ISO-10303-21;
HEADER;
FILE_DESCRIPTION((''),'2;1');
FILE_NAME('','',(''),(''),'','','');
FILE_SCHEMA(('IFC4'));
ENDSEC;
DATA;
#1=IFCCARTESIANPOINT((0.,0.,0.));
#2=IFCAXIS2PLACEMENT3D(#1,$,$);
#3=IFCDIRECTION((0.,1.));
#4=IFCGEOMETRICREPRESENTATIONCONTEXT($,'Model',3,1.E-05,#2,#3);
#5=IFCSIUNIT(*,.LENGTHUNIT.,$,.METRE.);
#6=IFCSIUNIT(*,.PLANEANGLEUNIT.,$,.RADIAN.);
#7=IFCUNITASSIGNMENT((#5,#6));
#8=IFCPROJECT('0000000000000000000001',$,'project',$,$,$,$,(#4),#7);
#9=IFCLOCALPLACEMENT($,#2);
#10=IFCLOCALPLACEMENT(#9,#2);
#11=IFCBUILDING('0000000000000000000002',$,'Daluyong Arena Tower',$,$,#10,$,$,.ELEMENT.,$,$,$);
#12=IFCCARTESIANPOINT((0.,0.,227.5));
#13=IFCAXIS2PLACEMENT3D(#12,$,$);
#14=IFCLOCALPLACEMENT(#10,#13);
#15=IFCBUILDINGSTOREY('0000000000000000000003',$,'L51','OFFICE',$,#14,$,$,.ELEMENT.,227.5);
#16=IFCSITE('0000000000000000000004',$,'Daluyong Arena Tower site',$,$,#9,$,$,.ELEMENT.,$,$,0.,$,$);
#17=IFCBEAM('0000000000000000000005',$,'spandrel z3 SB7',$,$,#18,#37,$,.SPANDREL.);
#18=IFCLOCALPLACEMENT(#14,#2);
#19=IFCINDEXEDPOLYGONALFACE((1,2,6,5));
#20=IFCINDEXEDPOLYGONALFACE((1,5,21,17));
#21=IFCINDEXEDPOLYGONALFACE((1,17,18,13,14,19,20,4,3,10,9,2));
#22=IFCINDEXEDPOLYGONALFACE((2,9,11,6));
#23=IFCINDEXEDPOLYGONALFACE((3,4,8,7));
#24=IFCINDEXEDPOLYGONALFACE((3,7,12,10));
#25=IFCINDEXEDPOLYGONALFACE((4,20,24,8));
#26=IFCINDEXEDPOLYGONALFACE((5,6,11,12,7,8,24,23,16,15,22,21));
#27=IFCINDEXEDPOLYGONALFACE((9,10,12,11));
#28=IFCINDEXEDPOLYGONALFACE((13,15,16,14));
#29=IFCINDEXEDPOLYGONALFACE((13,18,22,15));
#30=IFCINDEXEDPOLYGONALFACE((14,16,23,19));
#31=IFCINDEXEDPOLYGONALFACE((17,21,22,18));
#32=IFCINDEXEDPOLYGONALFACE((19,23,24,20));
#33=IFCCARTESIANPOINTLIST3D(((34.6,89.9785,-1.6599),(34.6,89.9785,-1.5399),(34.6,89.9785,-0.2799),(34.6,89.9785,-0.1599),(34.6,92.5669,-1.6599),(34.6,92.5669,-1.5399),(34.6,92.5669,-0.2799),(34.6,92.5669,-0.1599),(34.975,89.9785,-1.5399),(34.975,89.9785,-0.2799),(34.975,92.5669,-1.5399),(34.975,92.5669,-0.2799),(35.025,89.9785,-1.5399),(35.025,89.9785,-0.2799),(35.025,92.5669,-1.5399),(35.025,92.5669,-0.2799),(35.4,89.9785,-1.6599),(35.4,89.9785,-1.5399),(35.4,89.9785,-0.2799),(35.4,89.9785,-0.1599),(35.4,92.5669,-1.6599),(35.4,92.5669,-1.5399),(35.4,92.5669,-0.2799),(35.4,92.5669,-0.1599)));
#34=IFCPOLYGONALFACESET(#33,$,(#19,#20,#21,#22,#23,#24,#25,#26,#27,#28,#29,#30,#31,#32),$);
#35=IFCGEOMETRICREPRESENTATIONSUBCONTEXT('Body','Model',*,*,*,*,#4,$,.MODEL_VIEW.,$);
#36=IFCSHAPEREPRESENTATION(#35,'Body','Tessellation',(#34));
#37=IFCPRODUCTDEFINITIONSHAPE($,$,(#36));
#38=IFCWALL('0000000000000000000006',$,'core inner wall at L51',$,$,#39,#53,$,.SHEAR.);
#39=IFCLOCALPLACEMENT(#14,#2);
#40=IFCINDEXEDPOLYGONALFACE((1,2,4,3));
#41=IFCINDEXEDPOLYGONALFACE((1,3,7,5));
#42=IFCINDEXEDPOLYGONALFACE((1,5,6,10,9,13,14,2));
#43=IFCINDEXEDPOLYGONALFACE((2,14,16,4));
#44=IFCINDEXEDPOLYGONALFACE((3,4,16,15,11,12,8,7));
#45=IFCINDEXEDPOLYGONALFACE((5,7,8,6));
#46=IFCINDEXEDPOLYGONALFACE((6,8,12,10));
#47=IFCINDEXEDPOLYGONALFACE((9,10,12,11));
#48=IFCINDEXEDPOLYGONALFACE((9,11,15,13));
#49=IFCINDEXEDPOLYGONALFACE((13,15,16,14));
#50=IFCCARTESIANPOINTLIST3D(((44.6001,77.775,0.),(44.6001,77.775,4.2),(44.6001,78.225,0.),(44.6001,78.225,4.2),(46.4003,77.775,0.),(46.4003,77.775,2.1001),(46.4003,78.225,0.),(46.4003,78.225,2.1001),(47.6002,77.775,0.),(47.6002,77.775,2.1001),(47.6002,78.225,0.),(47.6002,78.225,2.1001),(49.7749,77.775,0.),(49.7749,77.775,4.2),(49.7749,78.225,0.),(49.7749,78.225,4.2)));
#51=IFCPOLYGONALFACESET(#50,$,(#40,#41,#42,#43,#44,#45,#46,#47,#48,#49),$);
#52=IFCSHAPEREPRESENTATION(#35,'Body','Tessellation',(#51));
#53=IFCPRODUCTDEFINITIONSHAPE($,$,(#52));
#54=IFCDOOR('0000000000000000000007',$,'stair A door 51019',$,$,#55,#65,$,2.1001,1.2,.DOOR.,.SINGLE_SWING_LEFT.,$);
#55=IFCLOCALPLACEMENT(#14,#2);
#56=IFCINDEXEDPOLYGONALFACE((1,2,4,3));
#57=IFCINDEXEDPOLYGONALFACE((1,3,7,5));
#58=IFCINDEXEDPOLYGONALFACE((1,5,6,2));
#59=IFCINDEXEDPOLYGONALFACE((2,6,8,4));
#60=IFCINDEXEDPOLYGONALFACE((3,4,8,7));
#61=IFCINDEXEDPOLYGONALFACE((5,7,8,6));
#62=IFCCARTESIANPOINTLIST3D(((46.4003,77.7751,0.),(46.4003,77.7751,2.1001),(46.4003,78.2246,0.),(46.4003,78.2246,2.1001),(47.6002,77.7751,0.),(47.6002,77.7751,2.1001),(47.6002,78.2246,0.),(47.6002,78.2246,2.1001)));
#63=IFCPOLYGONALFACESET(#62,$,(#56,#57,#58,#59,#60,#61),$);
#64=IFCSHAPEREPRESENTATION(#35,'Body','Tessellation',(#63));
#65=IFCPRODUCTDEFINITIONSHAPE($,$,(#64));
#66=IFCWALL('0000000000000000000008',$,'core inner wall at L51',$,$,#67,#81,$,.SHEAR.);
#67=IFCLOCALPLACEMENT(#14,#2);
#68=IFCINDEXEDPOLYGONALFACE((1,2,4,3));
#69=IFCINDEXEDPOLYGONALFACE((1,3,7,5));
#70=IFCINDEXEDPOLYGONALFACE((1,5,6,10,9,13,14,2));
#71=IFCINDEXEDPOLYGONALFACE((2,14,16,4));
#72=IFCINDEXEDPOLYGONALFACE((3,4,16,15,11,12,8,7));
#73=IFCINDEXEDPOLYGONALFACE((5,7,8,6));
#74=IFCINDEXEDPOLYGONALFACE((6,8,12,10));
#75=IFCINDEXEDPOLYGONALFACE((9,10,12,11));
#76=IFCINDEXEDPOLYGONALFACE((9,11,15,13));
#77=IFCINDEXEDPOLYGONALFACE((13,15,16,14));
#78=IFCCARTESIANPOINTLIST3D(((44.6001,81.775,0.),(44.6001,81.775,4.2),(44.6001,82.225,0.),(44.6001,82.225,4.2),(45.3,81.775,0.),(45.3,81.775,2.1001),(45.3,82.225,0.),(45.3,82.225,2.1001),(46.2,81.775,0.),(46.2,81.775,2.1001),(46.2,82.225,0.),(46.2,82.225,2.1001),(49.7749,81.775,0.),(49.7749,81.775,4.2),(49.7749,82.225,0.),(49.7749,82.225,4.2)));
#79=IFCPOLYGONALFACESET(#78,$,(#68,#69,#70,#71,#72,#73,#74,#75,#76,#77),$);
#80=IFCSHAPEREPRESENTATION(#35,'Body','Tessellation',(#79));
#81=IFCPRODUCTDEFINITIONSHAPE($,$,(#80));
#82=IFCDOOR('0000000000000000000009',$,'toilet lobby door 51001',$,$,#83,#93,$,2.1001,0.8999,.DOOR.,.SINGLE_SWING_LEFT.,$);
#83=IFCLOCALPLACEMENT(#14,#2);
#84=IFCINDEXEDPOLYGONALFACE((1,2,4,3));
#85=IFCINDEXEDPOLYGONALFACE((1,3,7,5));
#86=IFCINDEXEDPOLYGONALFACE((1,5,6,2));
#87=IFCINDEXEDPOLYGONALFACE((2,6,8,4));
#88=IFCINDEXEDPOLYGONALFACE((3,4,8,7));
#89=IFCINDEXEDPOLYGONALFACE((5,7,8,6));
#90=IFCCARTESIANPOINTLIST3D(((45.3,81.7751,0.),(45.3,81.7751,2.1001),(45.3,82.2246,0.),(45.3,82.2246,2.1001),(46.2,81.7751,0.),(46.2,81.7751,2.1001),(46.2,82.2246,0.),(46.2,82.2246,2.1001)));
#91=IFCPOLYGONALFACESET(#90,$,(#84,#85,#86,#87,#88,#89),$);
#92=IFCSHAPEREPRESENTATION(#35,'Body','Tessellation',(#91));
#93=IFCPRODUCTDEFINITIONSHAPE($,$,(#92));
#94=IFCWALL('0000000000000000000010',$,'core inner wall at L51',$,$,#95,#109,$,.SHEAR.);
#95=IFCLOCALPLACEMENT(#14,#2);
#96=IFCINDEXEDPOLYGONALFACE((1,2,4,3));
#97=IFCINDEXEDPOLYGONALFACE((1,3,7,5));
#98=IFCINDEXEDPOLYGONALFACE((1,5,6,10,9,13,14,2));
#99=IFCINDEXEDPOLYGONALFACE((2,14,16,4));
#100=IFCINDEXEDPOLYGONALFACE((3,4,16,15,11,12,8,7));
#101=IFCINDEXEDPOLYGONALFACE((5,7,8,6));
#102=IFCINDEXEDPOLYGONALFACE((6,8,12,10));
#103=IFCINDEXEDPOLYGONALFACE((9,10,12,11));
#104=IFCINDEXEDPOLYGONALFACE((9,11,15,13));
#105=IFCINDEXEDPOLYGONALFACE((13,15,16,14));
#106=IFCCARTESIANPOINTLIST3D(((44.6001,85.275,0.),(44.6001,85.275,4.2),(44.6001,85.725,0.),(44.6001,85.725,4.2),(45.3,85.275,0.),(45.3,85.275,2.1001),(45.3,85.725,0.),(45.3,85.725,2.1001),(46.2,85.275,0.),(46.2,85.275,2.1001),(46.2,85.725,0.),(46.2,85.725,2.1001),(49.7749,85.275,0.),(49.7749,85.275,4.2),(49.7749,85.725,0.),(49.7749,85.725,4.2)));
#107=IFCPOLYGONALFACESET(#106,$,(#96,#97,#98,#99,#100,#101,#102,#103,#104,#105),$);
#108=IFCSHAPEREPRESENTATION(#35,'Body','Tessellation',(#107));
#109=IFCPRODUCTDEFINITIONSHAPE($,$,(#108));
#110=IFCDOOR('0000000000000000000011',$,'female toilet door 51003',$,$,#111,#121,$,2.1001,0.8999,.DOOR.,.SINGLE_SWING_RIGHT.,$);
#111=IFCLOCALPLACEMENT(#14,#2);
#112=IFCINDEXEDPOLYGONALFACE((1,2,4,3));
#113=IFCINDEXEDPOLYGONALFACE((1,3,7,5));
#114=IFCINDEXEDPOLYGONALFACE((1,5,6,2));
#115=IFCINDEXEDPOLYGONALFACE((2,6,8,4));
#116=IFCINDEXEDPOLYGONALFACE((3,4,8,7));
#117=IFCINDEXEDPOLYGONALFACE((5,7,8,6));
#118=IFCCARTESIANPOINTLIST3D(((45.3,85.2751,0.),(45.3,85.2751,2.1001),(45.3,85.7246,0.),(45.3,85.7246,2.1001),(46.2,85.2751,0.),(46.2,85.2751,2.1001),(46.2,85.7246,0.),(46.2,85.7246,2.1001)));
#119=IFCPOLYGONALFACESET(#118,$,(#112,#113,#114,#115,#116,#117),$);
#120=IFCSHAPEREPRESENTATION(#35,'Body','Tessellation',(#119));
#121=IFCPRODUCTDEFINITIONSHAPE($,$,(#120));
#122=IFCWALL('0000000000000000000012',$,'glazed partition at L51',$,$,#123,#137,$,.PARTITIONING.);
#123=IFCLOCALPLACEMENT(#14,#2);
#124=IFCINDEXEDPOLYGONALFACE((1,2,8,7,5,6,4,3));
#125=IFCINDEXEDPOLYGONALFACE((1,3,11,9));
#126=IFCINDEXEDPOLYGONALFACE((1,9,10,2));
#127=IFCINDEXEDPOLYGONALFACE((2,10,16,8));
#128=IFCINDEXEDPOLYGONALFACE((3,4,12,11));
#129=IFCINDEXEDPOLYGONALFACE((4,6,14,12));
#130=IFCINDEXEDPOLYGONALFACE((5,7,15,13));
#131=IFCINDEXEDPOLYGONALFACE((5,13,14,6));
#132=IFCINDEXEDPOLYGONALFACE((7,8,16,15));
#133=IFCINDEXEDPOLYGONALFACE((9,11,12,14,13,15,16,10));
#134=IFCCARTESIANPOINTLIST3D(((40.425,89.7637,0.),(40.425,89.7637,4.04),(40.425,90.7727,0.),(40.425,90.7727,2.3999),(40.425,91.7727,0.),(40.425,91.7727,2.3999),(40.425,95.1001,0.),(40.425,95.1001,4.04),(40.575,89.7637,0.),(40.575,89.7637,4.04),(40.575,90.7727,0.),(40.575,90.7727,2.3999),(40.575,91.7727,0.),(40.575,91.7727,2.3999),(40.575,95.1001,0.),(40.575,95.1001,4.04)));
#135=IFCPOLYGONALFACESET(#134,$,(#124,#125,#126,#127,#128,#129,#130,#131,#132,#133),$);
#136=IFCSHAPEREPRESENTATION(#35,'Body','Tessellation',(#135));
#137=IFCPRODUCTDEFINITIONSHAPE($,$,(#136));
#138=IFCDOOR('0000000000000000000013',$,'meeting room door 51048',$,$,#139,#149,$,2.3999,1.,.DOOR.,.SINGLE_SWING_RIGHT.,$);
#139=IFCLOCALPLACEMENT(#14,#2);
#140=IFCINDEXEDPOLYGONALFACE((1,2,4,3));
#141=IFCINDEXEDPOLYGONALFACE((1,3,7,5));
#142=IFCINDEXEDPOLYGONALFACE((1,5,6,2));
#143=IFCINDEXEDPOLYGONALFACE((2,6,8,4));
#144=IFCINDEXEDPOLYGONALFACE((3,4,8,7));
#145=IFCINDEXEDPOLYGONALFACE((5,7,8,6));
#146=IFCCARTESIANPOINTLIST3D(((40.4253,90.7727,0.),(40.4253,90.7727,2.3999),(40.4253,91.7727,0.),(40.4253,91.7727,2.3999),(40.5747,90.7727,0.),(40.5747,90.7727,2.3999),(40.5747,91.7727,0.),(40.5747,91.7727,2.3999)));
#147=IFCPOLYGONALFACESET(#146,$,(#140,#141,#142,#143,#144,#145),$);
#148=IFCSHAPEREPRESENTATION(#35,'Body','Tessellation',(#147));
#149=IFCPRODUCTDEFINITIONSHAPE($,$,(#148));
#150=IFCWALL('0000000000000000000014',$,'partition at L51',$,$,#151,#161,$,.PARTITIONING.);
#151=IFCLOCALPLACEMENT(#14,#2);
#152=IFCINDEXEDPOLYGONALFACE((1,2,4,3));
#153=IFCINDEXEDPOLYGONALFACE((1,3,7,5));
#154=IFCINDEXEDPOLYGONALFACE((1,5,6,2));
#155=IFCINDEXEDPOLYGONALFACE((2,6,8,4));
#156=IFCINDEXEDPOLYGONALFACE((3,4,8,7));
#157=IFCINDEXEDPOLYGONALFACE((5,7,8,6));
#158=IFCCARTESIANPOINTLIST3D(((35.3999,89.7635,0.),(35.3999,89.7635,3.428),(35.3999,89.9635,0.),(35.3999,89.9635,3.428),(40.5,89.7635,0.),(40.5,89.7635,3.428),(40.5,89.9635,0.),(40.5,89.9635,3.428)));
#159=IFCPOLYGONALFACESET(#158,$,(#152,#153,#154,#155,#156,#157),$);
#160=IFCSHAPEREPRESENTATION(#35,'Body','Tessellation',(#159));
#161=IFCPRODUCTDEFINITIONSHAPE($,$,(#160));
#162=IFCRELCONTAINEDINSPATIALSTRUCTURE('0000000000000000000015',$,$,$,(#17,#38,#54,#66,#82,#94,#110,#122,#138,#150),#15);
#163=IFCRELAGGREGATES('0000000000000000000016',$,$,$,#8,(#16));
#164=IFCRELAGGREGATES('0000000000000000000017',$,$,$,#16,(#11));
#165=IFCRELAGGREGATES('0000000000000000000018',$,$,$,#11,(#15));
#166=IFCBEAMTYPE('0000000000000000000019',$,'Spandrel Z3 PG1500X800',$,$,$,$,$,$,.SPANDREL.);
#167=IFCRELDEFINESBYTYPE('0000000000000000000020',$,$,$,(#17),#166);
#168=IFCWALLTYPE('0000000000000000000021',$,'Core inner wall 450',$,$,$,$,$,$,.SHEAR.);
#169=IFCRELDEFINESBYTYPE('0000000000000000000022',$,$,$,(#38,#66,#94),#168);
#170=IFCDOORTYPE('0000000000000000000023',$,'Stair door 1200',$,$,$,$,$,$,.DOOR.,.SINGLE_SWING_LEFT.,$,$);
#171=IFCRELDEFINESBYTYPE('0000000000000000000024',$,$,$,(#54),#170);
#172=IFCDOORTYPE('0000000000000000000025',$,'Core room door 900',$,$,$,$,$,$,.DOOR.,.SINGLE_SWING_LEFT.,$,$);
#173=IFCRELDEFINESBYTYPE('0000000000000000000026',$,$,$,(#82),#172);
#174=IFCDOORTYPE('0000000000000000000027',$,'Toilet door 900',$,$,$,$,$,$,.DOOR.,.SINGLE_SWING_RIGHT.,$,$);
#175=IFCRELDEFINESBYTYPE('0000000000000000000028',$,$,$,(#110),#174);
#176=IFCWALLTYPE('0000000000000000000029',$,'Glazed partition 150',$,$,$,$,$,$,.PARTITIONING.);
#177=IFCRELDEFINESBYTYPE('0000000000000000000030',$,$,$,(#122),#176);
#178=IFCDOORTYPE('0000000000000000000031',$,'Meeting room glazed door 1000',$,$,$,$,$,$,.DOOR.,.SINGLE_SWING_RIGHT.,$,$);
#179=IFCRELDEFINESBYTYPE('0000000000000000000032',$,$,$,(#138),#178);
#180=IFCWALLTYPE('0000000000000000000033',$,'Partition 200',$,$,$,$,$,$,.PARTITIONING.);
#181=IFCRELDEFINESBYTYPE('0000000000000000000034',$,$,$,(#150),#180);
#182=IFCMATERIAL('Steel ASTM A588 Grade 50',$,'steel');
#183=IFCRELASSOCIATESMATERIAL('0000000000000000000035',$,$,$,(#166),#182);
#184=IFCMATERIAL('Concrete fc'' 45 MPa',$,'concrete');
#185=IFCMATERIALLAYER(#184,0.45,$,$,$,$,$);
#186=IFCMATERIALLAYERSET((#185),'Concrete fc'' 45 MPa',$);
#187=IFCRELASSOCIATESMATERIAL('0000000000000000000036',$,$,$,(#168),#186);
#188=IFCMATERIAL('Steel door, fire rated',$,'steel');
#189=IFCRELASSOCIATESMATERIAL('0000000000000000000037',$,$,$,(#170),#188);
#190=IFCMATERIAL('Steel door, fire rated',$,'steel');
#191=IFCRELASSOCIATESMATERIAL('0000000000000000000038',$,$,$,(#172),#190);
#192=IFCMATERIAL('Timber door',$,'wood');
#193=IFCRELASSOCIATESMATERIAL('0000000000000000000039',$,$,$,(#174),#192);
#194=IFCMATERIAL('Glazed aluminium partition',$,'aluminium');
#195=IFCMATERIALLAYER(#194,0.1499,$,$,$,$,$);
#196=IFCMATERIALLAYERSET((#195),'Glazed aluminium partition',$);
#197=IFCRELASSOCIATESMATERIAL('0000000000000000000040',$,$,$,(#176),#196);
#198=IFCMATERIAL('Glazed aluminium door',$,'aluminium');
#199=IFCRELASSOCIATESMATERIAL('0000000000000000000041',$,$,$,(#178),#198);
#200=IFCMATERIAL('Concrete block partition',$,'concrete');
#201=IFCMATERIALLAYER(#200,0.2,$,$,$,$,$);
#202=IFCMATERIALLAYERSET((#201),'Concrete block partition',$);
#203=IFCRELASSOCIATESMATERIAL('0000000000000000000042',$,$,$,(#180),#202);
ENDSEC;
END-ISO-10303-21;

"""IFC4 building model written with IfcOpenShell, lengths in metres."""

from ifc_helpers import new_model, si_unit, direction, frame, frame_2d, origin, origin_2d, place, context, subcontext, project, spatial, rectangle, i_section, extrude, material, layer, layer_set, material_profile, profile_set, type_object, element, fill, save


model = new_model("IFC4")

# Units and contexts
model_context = context("Model", 3, precision=1e-05, world=origin(), true_north=direction((0.0, 1.0)))
body_context = subcontext(model_context, "Body", "Model", "MODEL_VIEW")
ifc_project = project(units=[si_unit("LENGTHUNIT", "METRE"), si_unit("PLANEANGLEUNIT", "RADIAN")], contexts=[model_context])

# Site, building, storey
site_placement = place(None, origin())
site = spatial("IfcSite", under=ifc_project, at=site_placement, Name="Daluyong Arena Tower site", CompositionType="ELEMENT", RefElevation=0.0)
building_placement = place(site_placement, origin())
building = spatial("IfcBuilding", under=site, at=building_placement, Name="Daluyong Arena Tower", CompositionType="ELEMENT")
storey_placement = place(building_placement, frame((0.0, 0.0, 227.5)))
storey = spatial("IfcBuildingStorey", under=building, at=storey_placement, Name="L51", Description="OFFICE", CompositionType="ELEMENT", Elevation=227.5)

# Beam
ifc_material_1 = material(Name="Steel ASTM A588 Grade 50", Category="steel")
ifc_material_profile_1 = material_profile(ifc_material_1, i_section(OverallWidth=0.8, OverallDepth=1.5, WebThickness=0.05, FlangeThickness=0.12, at=origin_2d()))
ifc_profile_set_1 = profile_set([ifc_material_profile_1], Name="Steel ASTM A588 Grade 50")
beam_type_1 = type_object("IfcBeamType", Name="Spandrel Z3 PG1500X800", PredefinedType="SPANDREL", material=ifc_profile_set_1)
beam_1_placement = place(storey_placement, frame((35.0, 92.5669, -0.9099), z_axis=(0.0, -1.0, 0.0), x_axis=(1.0, 0.0, 0.0)))
element("IfcBeam", 1, at=beam_1_placement, inside=storey, type_object=beam_type_1, Name="spandrel z3 SB7", PredefinedType="SPANDREL", context=body_context, shape_type="SweptSolid", body=[
    extrude(i_section(OverallWidth=0.8, OverallDepth=1.5, WebThickness=0.05, FlangeThickness=0.12, at=origin_2d()), origin(), (0.0, 0.0, 1.0), 2.5884),
])

# Walls, openings, doors
ifc_material_2 = material(Name="Concrete fc' 45 MPa", Category="concrete")
ifc_layer_1 = layer(ifc_material_2, 0.45)
ifc_layer_set_1 = layer_set([ifc_layer_1], Name="Concrete fc' 45 MPa")
wall_type_1 = type_object("IfcWallType", Name="Core inner wall 450", PredefinedType="SHEAR", material=ifc_layer_set_1)
wall_1_placement = place(storey_placement, frame((44.6001, 78.0, 0.0), z_axis=(0.0, 0.0, 1.0), x_axis=(1.0, 0.0, 0.0)))
wall_1 = element("IfcWall", 2, at=wall_1_placement, inside=storey, type_object=wall_type_1, Name="core inner wall at L51", PredefinedType="SHEAR", context=body_context, shape_type="SweptSolid", body=[
    extrude(rectangle(XDim=5.1748, YDim=0.45, at=frame_2d((2.5874, 0.0))), origin(), (0.0, 0.0, 1.0), 4.2),
])
opening_1_placement = place(wall_1_placement, frame((1.8, 0.0, 0.0)))
opening_1 = element("IfcOpeningElement", 3, at=opening_1_placement, cuts=wall_1, PredefinedType="OPENING", context=body_context, shape_type="SweptSolid", body=[
    extrude(rectangle(XDim=1.2, YDim=2.1001, at=frame_2d((0.6001, 1.05))), frame((0.0, 0.2349, 0.0), z_axis=(0.0, -1.0, 0.0), x_axis=(1.0, 0.0, 0.0)), (0.0, 0.0, 1.0), 0.47),
])
ifc_material_3 = material(Name="Steel door, fire rated", Category="steel")
door_type_1 = type_object("IfcDoorType", Name="Stair door 1200", OperationType="SINGLE_SWING_LEFT", PredefinedType="DOOR", material=ifc_material_3)
door_1_placement = place(opening_1_placement, origin())
door_1 = element("IfcDoor", 4, at=door_1_placement, inside=storey, type_object=door_type_1, Name="stair A door 51019", OperationType="SINGLE_SWING_LEFT", OverallHeight=2.1001, OverallWidth=1.2, PredefinedType="DOOR", context=body_context, shape_type="SweptSolid", body=[
    extrude(rectangle(XDim=1.2, YDim=2.1001, at=frame_2d((0.6001, 1.05))), frame((0.0, 0.2246, 0.0), z_axis=(0.0, -1.0, 0.0), x_axis=(1.0, 0.0, 0.0)), (0.0, 0.0, 1.0), 0.4495),
])
fill(opening_1, door_1)
wall_2_placement = place(storey_placement, frame((44.6001, 82.0, 0.0), z_axis=(0.0, 0.0, 1.0), x_axis=(1.0, 0.0, 0.0)))
wall_2 = element("IfcWall", 5, at=wall_2_placement, inside=storey, type_object=wall_type_1, Name="core inner wall at L51", PredefinedType="SHEAR", context=body_context, shape_type="SweptSolid", body=[
    extrude(rectangle(XDim=5.1748, YDim=0.45, at=frame_2d((2.5874, 0.0))), origin(), (0.0, 0.0, 1.0), 4.2),
])
opening_2_placement = place(wall_2_placement, frame((0.7, 0.0, 0.0)))
opening_2 = element("IfcOpeningElement", 6, at=opening_2_placement, cuts=wall_2, PredefinedType="OPENING", context=body_context, shape_type="SweptSolid", body=[
    extrude(rectangle(XDim=0.8999, YDim=2.1001, at=frame_2d((0.45, 1.05))), frame((0.0, 0.2349, 0.0), z_axis=(0.0, -1.0, 0.0), x_axis=(1.0, 0.0, 0.0)), (0.0, 0.0, 1.0), 0.47),
])
ifc_material_4 = material(Name="Steel door, fire rated", Category="steel")
door_type_2 = type_object("IfcDoorType", Name="Core room door 900", OperationType="SINGLE_SWING_LEFT", PredefinedType="DOOR", material=ifc_material_4)
door_2_placement = place(opening_2_placement, origin())
door_2 = element("IfcDoor", 7, at=door_2_placement, inside=storey, type_object=door_type_2, Name="toilet lobby door 51001", OperationType="SINGLE_SWING_LEFT", OverallHeight=2.1001, OverallWidth=0.8999, PredefinedType="DOOR", context=body_context, shape_type="SweptSolid", body=[
    extrude(rectangle(XDim=0.8999, YDim=2.1001, at=frame_2d((0.45, 1.05))), frame((0.0, 0.2246, 0.0), z_axis=(0.0, -1.0, 0.0), x_axis=(1.0, 0.0, 0.0)), (0.0, 0.0, 1.0), 0.4495),
])
fill(opening_2, door_2)
wall_3_placement = place(storey_placement, frame((44.6001, 85.5, 0.0), z_axis=(0.0, 0.0, 1.0), x_axis=(1.0, 0.0, 0.0)))
wall_3 = element("IfcWall", 8, at=wall_3_placement, inside=storey, type_object=wall_type_1, Name="core inner wall at L51", PredefinedType="SHEAR", context=body_context, shape_type="SweptSolid", body=[
    extrude(rectangle(XDim=5.1748, YDim=0.45, at=frame_2d((2.5874, 0.0))), origin(), (0.0, 0.0, 1.0), 4.2),
])
opening_3_placement = place(wall_3_placement, frame((0.7, 0.0, 0.0)))
opening_3 = element("IfcOpeningElement", 9, at=opening_3_placement, cuts=wall_3, PredefinedType="OPENING", context=body_context, shape_type="SweptSolid", body=[
    extrude(rectangle(XDim=0.8999, YDim=2.1001, at=frame_2d((0.45, 1.05))), frame((0.0, 0.2349, 0.0), z_axis=(0.0, -1.0, 0.0), x_axis=(1.0, 0.0, 0.0)), (0.0, 0.0, 1.0), 0.47),
])
ifc_material_5 = material(Name="Timber door", Category="wood")
door_type_3 = type_object("IfcDoorType", Name="Toilet door 900", OperationType="SINGLE_SWING_RIGHT", PredefinedType="DOOR", material=ifc_material_5)
door_3_placement = place(opening_3_placement, origin())
door_3 = element("IfcDoor", 10, at=door_3_placement, inside=storey, type_object=door_type_3, Name="female toilet door 51003", OperationType="SINGLE_SWING_RIGHT", OverallHeight=2.1001, OverallWidth=0.8999, PredefinedType="DOOR", context=body_context, shape_type="SweptSolid", body=[
    extrude(rectangle(XDim=0.8999, YDim=2.1001, at=frame_2d((0.45, 1.05))), frame((0.0, 0.2246, 0.0), z_axis=(0.0, -1.0, 0.0), x_axis=(1.0, 0.0, 0.0)), (0.0, 0.0, 1.0), 0.4495),
])
fill(opening_3, door_3)
ifc_material_6 = material(Name="Glazed aluminium partition", Category="aluminium")
ifc_layer_2 = layer(ifc_material_6, 0.1499)
ifc_layer_set_2 = layer_set([ifc_layer_2], Name="Glazed aluminium partition")
wall_type_2 = type_object("IfcWallType", Name="Glazed partition 150", PredefinedType="PARTITIONING", material=ifc_layer_set_2)
wall_4_placement = place(storey_placement, frame((40.5, 89.7637, 0.0), z_axis=(0.0, 0.0, 1.0), x_axis=(0.0, 1.0, 0.0)))
wall_4 = element("IfcWall", 11, at=wall_4_placement, inside=storey, type_object=wall_type_2, Name="glazed partition at L51", PredefinedType="PARTITIONING", context=body_context, shape_type="SweptSolid", body=[
    extrude(rectangle(XDim=5.3364, YDim=0.1499, at=frame_2d((2.6682, 0.0))), origin(), (0.0, 0.0, 1.0), 4.04),
])
opening_4_placement = place(wall_4_placement, frame((1.009, 0.0, 0.0)))
opening_4 = element("IfcOpeningElement", 12, at=opening_4_placement, cuts=wall_4, PredefinedType="OPENING", context=body_context, shape_type="SweptSolid", body=[
    extrude(rectangle(XDim=1.0, YDim=2.3999, at=frame_2d((0.5, 1.2))), frame((0.0, 0.085, 0.0), z_axis=(0.0, -1.0, 0.0), x_axis=(1.0, 0.0, 0.0)), (0.0, 0.0, 1.0), 0.1699),
])
ifc_material_7 = material(Name="Glazed aluminium door", Category="aluminium")
door_type_4 = type_object("IfcDoorType", Name="Meeting room glazed door 1000", OperationType="SINGLE_SWING_RIGHT", PredefinedType="DOOR", material=ifc_material_7)
door_4_placement = place(opening_4_placement, origin())
door_4 = element("IfcDoor", 13, at=door_4_placement, inside=storey, type_object=door_type_4, Name="meeting room door 51048", OperationType="SINGLE_SWING_RIGHT", OverallHeight=2.3999, OverallWidth=1.0, PredefinedType="DOOR", context=body_context, shape_type="SweptSolid", body=[
    extrude(rectangle(XDim=1.0, YDim=2.3999, at=frame_2d((0.5, 1.2))), frame((0.0, 0.0747, 0.0), z_axis=(0.0, -1.0, 0.0), x_axis=(1.0, 0.0, 0.0)), (0.0, 0.0, 1.0), 0.1494),
])
fill(opening_4, door_4)

# Wall
ifc_material_8 = material(Name="Concrete block partition", Category="concrete")
ifc_layer_3 = layer(ifc_material_8, 0.2)
ifc_layer_set_3 = layer_set([ifc_layer_3], Name="Concrete block partition")
wall_type_3 = type_object("IfcWallType", Name="Partition 200", PredefinedType="PARTITIONING", material=ifc_layer_set_3)
wall_5_placement = place(storey_placement, frame((35.3999, 89.8635, 0.0), z_axis=(0.0, 0.0, 1.0), x_axis=(1.0, 0.0, 0.0)))
element("IfcWall", 14, at=wall_5_placement, inside=storey, type_object=wall_type_3, Name="partition at L51", PredefinedType="PARTITIONING", context=body_context, shape_type="SweptSolid", body=[
    extrude(rectangle(XDim=5.1001, YDim=0.2, at=frame_2d((2.55, 0.0))), origin(), (0.0, 0.0, 1.0), 3.428),
])

save(model, "model.ifc")
